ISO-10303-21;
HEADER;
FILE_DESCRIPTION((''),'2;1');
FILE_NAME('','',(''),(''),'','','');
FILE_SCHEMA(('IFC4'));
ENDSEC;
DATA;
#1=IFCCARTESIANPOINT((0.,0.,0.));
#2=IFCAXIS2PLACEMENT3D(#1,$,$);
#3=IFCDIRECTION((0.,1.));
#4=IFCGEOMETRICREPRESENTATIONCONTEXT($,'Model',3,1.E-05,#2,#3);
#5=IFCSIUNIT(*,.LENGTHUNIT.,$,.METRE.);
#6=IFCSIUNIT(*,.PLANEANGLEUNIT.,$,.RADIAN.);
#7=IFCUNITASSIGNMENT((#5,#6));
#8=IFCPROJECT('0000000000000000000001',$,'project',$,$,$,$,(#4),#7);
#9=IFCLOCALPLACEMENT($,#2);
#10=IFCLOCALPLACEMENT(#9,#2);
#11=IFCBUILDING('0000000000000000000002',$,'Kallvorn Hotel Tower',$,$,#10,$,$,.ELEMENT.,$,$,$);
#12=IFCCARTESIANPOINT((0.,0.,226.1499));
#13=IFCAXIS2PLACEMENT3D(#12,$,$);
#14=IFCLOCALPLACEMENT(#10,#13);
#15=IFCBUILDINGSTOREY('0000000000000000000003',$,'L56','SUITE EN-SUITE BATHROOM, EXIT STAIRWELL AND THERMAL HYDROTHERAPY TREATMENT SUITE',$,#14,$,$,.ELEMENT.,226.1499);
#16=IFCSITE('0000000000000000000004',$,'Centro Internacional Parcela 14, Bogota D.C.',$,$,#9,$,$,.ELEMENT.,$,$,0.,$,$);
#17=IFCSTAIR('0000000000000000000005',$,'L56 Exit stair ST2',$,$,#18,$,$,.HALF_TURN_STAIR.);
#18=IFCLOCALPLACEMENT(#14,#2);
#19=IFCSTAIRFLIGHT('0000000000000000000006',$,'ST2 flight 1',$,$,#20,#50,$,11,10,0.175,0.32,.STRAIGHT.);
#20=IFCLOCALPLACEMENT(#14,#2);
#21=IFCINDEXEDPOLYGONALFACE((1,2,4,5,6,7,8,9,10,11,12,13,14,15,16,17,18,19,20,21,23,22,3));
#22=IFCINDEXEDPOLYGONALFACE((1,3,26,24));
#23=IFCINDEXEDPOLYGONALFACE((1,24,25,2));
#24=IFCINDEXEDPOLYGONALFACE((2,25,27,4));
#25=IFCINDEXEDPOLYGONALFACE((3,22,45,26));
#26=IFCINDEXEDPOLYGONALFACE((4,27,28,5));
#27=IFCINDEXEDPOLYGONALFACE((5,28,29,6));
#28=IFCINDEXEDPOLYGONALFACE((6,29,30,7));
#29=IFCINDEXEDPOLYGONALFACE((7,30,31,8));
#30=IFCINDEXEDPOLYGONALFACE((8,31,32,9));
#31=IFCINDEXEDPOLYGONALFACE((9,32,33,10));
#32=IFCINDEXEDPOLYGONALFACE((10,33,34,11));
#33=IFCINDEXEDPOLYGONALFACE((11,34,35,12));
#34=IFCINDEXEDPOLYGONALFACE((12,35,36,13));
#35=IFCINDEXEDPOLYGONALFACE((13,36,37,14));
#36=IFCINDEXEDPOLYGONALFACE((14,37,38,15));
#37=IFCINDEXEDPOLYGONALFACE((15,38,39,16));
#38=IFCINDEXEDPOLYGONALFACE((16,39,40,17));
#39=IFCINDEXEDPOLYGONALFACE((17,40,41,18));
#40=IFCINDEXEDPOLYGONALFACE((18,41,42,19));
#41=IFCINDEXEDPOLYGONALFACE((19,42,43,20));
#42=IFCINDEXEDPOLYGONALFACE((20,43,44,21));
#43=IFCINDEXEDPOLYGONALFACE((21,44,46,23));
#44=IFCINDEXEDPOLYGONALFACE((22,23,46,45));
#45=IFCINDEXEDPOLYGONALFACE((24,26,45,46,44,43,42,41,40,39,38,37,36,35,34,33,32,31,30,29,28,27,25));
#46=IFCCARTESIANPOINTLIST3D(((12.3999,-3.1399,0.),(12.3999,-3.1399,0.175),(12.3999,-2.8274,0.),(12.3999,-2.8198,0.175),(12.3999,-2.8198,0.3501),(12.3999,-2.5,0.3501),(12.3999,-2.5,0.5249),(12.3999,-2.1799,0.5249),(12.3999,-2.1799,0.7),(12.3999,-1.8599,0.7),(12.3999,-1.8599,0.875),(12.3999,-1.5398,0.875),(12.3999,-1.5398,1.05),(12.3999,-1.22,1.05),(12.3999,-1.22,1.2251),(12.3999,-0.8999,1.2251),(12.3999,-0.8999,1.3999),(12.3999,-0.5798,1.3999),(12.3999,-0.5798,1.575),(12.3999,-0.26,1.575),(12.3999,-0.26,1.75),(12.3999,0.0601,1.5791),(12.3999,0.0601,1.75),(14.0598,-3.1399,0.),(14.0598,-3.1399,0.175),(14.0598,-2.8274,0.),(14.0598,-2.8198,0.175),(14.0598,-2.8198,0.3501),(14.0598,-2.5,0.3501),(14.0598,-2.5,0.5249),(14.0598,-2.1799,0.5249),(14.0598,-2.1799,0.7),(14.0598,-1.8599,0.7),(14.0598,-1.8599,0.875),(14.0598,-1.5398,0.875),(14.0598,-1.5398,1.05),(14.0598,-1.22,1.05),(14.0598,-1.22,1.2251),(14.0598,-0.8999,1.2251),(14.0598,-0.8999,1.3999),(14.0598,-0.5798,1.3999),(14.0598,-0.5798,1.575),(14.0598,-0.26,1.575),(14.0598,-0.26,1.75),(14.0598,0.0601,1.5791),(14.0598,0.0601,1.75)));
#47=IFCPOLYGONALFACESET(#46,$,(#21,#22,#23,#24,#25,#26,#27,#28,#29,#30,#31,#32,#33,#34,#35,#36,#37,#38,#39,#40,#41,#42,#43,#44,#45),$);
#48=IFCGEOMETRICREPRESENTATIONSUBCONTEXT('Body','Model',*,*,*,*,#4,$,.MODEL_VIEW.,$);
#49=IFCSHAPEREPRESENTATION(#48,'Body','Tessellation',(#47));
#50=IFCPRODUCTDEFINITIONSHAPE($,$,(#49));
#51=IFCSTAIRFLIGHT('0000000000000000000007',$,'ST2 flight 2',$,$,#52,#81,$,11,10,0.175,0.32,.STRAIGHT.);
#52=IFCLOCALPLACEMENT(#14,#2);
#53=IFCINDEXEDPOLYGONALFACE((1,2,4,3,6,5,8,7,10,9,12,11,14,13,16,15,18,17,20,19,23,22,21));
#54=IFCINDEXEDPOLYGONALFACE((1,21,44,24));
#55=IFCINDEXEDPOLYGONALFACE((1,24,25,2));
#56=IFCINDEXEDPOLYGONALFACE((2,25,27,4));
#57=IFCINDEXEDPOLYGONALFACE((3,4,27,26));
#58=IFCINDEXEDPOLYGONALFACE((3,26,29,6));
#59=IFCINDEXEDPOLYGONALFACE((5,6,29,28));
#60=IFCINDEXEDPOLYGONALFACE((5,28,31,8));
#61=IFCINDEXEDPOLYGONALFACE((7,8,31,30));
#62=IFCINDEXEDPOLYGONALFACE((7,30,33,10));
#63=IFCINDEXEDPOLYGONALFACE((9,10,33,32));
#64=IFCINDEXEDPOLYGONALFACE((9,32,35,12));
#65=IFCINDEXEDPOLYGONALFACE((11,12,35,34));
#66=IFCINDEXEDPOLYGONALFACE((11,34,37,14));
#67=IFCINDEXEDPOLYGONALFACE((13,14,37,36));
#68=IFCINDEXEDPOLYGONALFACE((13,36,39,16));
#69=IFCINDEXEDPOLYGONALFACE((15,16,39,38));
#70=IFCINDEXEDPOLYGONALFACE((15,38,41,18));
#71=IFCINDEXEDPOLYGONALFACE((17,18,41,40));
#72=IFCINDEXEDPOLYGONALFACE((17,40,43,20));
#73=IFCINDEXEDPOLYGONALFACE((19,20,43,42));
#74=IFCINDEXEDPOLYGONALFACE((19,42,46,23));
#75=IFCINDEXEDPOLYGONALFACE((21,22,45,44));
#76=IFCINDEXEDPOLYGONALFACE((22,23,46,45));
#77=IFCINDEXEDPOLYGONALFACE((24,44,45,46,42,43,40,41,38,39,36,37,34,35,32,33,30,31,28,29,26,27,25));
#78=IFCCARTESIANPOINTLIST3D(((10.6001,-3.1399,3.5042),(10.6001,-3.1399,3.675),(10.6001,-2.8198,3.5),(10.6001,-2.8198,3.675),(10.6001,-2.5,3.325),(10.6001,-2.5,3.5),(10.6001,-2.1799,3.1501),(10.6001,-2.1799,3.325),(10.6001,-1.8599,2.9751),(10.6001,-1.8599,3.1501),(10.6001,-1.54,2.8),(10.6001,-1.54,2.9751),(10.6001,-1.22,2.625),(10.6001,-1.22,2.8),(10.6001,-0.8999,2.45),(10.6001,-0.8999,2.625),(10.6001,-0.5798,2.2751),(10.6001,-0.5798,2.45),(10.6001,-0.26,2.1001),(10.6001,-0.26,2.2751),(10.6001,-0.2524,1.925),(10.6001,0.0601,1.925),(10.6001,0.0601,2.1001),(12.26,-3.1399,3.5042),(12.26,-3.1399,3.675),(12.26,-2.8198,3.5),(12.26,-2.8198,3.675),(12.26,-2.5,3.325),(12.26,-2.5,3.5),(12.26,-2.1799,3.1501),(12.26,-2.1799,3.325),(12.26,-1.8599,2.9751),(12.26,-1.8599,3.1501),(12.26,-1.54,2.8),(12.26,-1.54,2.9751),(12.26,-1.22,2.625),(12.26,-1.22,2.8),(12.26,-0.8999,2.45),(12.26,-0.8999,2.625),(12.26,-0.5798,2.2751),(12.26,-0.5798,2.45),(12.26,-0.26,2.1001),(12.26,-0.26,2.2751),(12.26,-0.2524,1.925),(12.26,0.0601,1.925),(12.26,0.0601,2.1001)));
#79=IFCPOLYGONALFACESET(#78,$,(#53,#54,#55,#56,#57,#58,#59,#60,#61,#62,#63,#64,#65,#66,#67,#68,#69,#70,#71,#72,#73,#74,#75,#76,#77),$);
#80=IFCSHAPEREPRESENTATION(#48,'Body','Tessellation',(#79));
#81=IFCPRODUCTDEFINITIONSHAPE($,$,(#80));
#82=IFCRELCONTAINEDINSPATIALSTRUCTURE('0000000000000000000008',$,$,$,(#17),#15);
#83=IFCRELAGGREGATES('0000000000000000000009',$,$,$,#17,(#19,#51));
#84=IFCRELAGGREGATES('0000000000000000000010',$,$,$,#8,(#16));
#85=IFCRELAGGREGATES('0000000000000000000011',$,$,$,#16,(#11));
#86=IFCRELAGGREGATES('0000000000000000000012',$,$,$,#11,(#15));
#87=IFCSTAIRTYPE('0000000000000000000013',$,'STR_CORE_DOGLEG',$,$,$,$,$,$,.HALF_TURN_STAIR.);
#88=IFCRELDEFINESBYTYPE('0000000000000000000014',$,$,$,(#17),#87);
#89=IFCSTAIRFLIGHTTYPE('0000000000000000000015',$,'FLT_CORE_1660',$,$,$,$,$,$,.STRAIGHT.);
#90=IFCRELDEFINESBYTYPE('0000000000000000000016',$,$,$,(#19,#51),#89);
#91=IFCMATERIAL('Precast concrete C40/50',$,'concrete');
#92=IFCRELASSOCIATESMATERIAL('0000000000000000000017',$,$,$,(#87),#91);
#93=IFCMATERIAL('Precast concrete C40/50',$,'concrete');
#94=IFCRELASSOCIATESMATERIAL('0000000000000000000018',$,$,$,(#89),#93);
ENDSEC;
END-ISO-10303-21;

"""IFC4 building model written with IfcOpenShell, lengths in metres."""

from ifc_helpers import new_model, si_unit, direction, frame, origin, place, context, subcontext, project, spatial, polyline, outline, extrude, material, type_object, element, aggregate, save


model = new_model("IFC4")

# Units and contexts
model_context = context("Model", 3, precision=1e-05, world=origin(), true_north=direction((0.0, 1.0)))
body_context = subcontext(model_context, "Body", "Model", "MODEL_VIEW")
ifc_project = project(units=[si_unit("LENGTHUNIT", "METRE"), si_unit("PLANEANGLEUNIT", "RADIAN")], contexts=[model_context])

# Site, building, storey
site_placement = place(None, origin())
site = spatial("IfcSite", under=ifc_project, at=site_placement, Name="Centro Internacional Parcela 14, Bogota D.C.", CompositionType="ELEMENT", RefElevation=0.0)
building_placement = place(site_placement, origin())
building = spatial("IfcBuilding", under=site, at=building_placement, Name="Kallvorn Hotel Tower", CompositionType="ELEMENT")
storey_placement = place(building_placement, frame((0.0, 0.0, 226.1499)))
storey = spatial("IfcBuildingStorey", under=building, at=storey_placement, Name="L56", Description="SUITE EN-SUITE BATHROOM, EXIT STAIRWELL AND THERMAL HYDROTHERAPY TREATMENT SUITE", CompositionType="ELEMENT", Elevation=226.1499)

# Stair, stair flights
ifc_material_1 = material(Name="Precast concrete C40/50", Category="concrete")
stair_type = type_object("IfcStairType", Name="STR_CORE_DOGLEG", PredefinedType="HALF_TURN_STAIR", material=ifc_material_1)
stair_placement = place(storey_placement, origin())
stair = element("IfcStair", 1, at=stair_placement, inside=storey, type_object=stair_type, Name="L56 Exit stair ST2", PredefinedType="HALF_TURN_STAIR")
ifc_material_2 = material(Name="Precast concrete C40/50", Category="concrete")
stair_flight_type = type_object("IfcStairFlightType", Name="FLT_CORE_1660", PredefinedType="STRAIGHT", material=ifc_material_2)
stair_flight_1_placement = place(storey_placement, frame((13.23, -3.1399, 0.0), z_axis=(0.0, 0.0, 1.0), x_axis=(0.0, 1.0, 0.0)))
stair_flight_1 = element("IfcStairFlight", 2, at=stair_flight_1_placement, type_object=stair_flight_type, Name="ST2 flight 1", NumberOfRisers=11, NumberOfTreads=10, PredefinedType="STRAIGHT", RiserHeight=0.175, TreadLength=0.32, context=body_context, shape_type="SweptSolid", body=[
    extrude(outline(polyline([(0.0, 0.0), (0.0, 0.175), (0.3201, 0.175), (0.3201, 0.3501), (0.6399, 0.3501), (0.6399, 0.5249), (0.96, 0.5249), (0.96, 0.7), (1.28, 0.7), (1.28, 0.875), (1.6001, 0.875), (1.6001, 1.05), (1.9199, 1.05), (1.9199, 1.2251), (2.24, 1.2251), (2.24, 1.3999), (2.5601, 1.3999), (2.5601, 1.575), (2.8799, 1.575), (2.8799, 1.75), (3.2, 1.75), (3.2, 1.925), (3.2, 1.5791), (0.3125, 0.0), (0.0, 0.0)])), frame((0.0, 0.8301, 0.0), z_axis=(0.0, -1.0, 0.0), x_axis=(1.0, 0.0, 0.0)), (0.0, 0.0, 1.0), 1.6599),
])
stair_flight_2_placement = place(storey_placement, frame((11.4299, 0.0601, 1.925), z_axis=(0.0, 0.0, 1.0), x_axis=(0.0, -1.0, 0.0)))
stair_flight_2 = element("IfcStairFlight", 3, at=stair_flight_2_placement, type_object=stair_flight_type, Name="ST2 flight 2", NumberOfRisers=11, NumberOfTreads=10, PredefinedType="STRAIGHT", RiserHeight=0.175, TreadLength=0.32, context=body_context, shape_type="SweptSolid", body=[
    extrude(outline(polyline([(0.0, 0.0), (0.0, 0.175), (0.3201, 0.175), (0.3201, 0.3501), (0.6399, 0.3501), (0.6399, 0.5249), (0.96, 0.5249), (0.96, 0.7), (1.28, 0.7), (1.28, 0.875), (1.6001, 0.875), (1.6001, 1.05), (1.9199, 1.05), (1.9199, 1.2251), (2.24, 1.2251), (2.24, 1.3999), (2.5601, 1.3999), (2.5601, 1.575), (2.8799, 1.575), (2.8799, 1.75), (3.2, 1.75), (3.2, 1.925), (3.2, 1.5791), (0.3125, 0.0), (0.0, 0.0)])), frame((0.0, 0.8301, 0.0), z_axis=(0.0, -1.0, 0.0), x_axis=(1.0, 0.0, 0.0)), (0.0, 0.0, 1.0), 1.6599),
])
aggregate(stair, [stair_flight_1, stair_flight_2])

save(model, "model.ifc")
